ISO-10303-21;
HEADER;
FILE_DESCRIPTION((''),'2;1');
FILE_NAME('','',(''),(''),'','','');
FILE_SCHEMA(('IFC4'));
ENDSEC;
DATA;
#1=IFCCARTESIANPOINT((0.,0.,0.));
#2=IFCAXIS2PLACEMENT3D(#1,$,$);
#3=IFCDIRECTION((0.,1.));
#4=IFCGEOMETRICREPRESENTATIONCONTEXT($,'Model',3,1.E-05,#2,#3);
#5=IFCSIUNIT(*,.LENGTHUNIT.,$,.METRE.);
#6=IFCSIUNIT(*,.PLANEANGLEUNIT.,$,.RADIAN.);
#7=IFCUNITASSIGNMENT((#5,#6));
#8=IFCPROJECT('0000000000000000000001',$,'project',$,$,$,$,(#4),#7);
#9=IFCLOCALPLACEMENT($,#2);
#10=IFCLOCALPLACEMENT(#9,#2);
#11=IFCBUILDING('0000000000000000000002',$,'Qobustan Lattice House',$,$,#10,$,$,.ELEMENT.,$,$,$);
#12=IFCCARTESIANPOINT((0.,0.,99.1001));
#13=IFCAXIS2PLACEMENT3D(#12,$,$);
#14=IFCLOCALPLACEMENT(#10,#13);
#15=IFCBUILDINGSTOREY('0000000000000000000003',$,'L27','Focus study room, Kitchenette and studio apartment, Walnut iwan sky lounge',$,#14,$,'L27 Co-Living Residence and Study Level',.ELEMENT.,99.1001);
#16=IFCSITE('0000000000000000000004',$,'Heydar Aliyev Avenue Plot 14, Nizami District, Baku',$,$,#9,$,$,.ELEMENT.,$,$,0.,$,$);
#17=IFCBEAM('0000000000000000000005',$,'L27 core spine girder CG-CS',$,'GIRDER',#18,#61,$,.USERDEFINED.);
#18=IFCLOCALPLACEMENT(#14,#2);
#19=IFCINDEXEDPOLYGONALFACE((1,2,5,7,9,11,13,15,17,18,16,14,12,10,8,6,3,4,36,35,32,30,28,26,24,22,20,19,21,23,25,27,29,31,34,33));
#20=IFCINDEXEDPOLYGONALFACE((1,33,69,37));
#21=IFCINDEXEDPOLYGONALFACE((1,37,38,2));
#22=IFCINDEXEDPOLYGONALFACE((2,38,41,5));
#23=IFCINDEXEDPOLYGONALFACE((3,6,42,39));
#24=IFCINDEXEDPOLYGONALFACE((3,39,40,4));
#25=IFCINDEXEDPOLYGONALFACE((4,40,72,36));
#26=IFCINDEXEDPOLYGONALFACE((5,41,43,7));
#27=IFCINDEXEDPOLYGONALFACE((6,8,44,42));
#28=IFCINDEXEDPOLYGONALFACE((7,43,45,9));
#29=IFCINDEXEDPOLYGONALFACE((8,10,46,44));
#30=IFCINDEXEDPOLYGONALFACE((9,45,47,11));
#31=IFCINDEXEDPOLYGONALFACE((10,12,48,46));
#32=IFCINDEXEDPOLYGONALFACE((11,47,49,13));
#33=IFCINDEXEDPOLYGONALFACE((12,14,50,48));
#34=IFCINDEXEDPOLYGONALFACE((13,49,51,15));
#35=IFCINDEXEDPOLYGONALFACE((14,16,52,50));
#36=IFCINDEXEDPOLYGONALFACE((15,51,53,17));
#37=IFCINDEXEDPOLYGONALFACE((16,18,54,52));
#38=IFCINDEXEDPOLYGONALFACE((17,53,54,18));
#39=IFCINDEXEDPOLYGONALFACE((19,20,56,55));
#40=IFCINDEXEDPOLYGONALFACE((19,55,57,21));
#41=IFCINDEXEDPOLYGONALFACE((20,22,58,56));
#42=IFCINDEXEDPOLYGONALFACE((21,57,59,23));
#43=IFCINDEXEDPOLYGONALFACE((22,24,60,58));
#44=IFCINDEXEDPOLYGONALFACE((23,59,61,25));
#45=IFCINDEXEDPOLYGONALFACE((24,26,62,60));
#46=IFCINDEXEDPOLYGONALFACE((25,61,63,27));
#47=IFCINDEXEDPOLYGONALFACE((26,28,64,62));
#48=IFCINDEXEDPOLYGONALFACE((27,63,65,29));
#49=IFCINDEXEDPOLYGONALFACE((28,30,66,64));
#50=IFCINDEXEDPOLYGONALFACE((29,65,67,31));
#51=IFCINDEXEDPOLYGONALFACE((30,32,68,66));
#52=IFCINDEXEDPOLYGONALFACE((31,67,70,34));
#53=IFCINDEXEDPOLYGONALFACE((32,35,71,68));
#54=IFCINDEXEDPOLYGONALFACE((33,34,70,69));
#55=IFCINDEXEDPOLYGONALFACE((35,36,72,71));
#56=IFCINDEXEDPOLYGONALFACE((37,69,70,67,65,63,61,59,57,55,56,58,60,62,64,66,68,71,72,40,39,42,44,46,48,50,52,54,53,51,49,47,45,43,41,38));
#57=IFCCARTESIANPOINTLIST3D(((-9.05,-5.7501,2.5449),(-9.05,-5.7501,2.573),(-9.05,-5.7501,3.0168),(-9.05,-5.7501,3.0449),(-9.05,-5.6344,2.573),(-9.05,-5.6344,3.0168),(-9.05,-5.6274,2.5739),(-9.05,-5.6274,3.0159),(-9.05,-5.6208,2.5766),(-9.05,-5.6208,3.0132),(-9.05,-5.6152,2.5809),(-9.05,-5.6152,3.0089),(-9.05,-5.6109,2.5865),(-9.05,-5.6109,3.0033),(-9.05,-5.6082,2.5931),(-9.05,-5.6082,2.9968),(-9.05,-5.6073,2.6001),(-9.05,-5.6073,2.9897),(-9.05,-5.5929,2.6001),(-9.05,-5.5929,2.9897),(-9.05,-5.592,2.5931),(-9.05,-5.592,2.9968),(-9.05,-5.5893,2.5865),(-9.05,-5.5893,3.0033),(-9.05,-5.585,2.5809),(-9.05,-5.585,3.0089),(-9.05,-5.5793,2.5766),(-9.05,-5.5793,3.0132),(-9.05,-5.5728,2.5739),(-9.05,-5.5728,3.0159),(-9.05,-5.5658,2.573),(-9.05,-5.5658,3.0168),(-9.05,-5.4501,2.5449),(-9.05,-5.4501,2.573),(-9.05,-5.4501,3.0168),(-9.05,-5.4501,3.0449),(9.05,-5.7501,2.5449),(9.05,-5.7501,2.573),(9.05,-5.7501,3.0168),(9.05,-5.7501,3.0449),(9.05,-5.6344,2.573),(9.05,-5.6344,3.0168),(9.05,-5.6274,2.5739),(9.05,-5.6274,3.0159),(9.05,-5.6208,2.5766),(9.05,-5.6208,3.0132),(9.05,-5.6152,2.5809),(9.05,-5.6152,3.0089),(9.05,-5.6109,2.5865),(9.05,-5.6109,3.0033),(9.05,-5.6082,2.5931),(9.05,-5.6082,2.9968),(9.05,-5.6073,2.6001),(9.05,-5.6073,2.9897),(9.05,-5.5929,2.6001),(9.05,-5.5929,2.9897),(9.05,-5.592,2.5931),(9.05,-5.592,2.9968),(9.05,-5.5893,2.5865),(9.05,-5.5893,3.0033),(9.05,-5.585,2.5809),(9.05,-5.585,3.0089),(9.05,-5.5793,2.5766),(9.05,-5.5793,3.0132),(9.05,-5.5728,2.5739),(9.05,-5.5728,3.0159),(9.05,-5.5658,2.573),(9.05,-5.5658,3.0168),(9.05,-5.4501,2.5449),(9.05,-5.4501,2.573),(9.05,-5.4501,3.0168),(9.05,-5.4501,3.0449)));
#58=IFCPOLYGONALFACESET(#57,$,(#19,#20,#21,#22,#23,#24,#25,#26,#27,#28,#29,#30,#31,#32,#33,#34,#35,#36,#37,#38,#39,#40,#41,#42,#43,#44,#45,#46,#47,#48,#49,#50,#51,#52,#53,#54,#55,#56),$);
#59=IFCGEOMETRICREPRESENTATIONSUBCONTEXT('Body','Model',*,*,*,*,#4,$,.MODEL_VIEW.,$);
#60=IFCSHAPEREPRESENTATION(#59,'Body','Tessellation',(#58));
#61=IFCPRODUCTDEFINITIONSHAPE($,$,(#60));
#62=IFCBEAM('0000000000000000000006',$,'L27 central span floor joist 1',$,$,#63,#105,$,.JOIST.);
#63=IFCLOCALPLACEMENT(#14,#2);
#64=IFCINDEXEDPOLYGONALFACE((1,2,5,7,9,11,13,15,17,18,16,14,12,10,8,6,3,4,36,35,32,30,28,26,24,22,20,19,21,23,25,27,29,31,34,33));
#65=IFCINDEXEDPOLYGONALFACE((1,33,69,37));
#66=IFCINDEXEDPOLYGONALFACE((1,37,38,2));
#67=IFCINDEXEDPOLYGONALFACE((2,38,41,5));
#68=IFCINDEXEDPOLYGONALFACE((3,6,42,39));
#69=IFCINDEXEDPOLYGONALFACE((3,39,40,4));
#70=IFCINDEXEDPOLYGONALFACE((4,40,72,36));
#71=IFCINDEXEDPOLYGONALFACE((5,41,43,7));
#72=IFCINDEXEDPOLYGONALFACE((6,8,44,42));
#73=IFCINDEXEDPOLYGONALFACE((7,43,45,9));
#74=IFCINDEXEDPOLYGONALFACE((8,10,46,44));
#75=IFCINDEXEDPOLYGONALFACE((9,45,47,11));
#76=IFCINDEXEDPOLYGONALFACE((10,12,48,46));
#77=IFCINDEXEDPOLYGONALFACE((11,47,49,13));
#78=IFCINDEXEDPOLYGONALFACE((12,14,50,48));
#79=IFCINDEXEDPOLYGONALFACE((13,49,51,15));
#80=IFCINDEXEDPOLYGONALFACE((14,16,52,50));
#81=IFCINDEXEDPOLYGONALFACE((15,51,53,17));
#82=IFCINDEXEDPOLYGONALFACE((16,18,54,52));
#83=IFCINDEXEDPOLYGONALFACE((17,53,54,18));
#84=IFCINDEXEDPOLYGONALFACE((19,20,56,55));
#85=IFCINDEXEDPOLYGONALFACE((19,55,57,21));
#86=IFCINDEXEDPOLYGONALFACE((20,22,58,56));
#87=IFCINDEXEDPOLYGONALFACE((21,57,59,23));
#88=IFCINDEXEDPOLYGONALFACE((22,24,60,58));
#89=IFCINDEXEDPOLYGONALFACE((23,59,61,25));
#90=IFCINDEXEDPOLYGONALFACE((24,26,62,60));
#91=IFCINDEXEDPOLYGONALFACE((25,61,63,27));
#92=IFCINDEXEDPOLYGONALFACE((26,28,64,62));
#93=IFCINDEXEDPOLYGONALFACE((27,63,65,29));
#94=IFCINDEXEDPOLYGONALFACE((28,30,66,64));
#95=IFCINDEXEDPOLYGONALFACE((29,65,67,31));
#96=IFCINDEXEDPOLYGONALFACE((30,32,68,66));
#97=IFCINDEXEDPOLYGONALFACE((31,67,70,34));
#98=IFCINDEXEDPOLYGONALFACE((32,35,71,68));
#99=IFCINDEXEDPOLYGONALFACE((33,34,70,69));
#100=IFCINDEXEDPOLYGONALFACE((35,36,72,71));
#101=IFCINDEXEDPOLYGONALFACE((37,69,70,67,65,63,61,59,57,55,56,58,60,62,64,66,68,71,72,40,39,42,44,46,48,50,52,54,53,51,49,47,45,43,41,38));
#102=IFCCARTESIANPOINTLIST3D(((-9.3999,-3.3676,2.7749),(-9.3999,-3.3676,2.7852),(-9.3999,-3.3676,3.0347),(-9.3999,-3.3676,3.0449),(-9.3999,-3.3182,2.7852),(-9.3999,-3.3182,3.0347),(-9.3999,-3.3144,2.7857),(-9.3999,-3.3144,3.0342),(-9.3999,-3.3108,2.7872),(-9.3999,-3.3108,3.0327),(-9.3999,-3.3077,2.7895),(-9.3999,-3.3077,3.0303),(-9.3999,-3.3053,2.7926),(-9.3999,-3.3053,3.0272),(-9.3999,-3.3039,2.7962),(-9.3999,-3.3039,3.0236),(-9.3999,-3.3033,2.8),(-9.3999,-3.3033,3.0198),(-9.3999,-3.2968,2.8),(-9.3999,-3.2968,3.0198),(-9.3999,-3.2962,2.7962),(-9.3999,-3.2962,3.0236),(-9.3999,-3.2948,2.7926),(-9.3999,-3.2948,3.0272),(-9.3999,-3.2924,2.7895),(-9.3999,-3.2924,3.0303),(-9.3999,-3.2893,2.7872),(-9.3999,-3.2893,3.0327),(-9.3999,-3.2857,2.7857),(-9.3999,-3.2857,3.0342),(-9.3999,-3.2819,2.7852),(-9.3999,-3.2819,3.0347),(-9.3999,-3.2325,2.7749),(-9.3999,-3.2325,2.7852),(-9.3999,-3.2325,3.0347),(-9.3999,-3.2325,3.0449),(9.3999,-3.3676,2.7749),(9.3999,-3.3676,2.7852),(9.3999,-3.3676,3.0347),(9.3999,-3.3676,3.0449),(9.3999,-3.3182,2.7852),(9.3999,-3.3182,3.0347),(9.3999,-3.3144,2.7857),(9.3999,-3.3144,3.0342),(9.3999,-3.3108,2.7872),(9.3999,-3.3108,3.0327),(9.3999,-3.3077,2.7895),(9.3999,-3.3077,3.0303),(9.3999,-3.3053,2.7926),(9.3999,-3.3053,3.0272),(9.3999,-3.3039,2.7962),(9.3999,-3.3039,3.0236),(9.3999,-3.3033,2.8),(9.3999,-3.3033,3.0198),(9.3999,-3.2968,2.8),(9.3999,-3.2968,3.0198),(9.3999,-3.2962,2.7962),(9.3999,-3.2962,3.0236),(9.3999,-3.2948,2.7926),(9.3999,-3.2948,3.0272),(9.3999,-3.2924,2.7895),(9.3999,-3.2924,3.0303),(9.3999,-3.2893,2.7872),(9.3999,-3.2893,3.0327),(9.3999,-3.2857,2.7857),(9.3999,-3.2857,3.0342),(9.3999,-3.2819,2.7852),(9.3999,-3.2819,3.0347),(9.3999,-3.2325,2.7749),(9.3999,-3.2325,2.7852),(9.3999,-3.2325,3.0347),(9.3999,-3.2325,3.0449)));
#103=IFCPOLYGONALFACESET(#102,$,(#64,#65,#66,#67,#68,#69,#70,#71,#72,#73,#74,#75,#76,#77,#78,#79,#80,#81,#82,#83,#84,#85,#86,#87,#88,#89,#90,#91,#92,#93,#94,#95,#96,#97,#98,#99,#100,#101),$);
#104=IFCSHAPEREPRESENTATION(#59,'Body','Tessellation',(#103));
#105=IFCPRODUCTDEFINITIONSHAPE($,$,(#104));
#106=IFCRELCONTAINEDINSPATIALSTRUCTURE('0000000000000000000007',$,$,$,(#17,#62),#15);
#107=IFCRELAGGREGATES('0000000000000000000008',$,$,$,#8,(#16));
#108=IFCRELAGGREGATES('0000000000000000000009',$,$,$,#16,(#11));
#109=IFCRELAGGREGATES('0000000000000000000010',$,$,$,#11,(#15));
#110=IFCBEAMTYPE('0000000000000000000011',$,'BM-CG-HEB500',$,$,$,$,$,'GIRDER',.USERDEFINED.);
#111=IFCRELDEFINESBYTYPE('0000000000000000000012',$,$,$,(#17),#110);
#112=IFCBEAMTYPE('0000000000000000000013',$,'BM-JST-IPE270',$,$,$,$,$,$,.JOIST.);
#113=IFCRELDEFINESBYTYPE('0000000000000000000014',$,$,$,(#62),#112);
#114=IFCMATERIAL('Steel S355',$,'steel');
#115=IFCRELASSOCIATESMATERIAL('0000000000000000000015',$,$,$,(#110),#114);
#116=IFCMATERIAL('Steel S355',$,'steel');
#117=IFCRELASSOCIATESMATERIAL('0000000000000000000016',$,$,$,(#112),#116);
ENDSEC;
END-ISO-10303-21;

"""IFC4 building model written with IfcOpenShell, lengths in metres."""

from ifc_helpers import new_model, si_unit, direction, frame, origin, origin_2d, place, context, subcontext, project, spatial, i_section, extrude, material, material_profile, profile_set, type_object, element, save


model = new_model("IFC4")

# Units and contexts
model_context = context("Model", 3, precision=1e-05, world=origin(), true_north=direction((0.0, 1.0)))
body_context = subcontext(model_context, "Body", "Model", "MODEL_VIEW")
ifc_project = project(units=[si_unit("LENGTHUNIT", "METRE"), si_unit("PLANEANGLEUNIT", "RADIAN")], contexts=[model_context])

# Site, building, storey
site_placement = place(None, origin())
site = spatial("IfcSite", under=ifc_project, at=site_placement, Name="Heydar Aliyev Avenue Plot 14, Nizami District, Baku", CompositionType="ELEMENT", RefElevation=0.0)
building_placement = place(site_placement, origin())
building = spatial("IfcBuilding", under=site, at=building_placement, Name="Qobustan Lattice House", CompositionType="ELEMENT")
storey_placement = place(building_placement, frame((0.0, 0.0, 99.1001)))
storey = spatial("IfcBuildingStorey", under=building, at=storey_placement, Name="L27", Description="Focus study room, Kitchenette and studio apartment, Walnut iwan sky lounge", LongName="L27 Co-Living Residence and Study Level", CompositionType="ELEMENT", Elevation=99.1001)

# Beams
ifc_material_1 = material(Name="Steel S355", Category="steel")
ifc_material_profile_1 = material_profile(ifc_material_1, i_section(OverallWidth=0.3, OverallDepth=0.5, WebThickness=0.0144, FlangeThickness=0.0281, FilletRadius=0.0271, at=origin_2d()), Name="HEB500")
ifc_profile_set_1 = profile_set([ifc_material_profile_1], Name="Steel S355")
beam_type_1 = type_object("IfcBeamType", Name="BM-CG-HEB500", ElementType="GIRDER", PredefinedType="USERDEFINED", material=ifc_profile_set_1)
beam_1_placement = place(storey_placement, frame((-9.05, -5.6001, 2.7949), z_axis=(1.0, 0.0, 0.0), x_axis=(0.0, 1.0, 0.0)))
element("IfcBeam", 1, at=beam_1_placement, inside=storey, type_object=beam_type_1, Name="L27 core spine girder CG-CS", ObjectType="GIRDER", PredefinedType="USERDEFINED", context=body_context, shape_type="SweptSolid", body=[
    extrude(i_section(OverallWidth=0.3, OverallDepth=0.5, WebThickness=0.0144, FlangeThickness=0.0281, FilletRadius=0.0271, at=origin_2d()), origin(), (0.0, 0.0, 1.0), 18.1001),
])
ifc_material_2 = material(Name="Steel S355", Category="steel")
ifc_material_profile_2 = material_profile(ifc_material_2, i_section(OverallWidth=0.135, OverallDepth=0.27, WebThickness=0.0066, FlangeThickness=0.0103, FilletRadius=0.0149, at=origin_2d()), Name="IPE270")
ifc_profile_set_2 = profile_set([ifc_material_profile_2], Name="Steel S355")
beam_type_2 = type_object("IfcBeamType", Name="BM-JST-IPE270", PredefinedType="JOIST", material=ifc_profile_set_2)
beam_2_placement = place(storey_placement, frame((-9.3999, -3.3, 2.9099), z_axis=(1.0, 0.0, 0.0), x_axis=(0.0, 1.0, 0.0)))
element("IfcBeam", 2, at=beam_2_placement, inside=storey, type_object=beam_type_2, Name="L27 central span floor joist 1", PredefinedType="JOIST", context=body_context, shape_type="SweptSolid", body=[
    extrude(i_section(OverallWidth=0.135, OverallDepth=0.27, WebThickness=0.0066, FlangeThickness=0.0103, FilletRadius=0.0149, at=origin_2d()), origin(), (0.0, 0.0, 1.0), 18.7998),
])

save(model, "model.ifc")
